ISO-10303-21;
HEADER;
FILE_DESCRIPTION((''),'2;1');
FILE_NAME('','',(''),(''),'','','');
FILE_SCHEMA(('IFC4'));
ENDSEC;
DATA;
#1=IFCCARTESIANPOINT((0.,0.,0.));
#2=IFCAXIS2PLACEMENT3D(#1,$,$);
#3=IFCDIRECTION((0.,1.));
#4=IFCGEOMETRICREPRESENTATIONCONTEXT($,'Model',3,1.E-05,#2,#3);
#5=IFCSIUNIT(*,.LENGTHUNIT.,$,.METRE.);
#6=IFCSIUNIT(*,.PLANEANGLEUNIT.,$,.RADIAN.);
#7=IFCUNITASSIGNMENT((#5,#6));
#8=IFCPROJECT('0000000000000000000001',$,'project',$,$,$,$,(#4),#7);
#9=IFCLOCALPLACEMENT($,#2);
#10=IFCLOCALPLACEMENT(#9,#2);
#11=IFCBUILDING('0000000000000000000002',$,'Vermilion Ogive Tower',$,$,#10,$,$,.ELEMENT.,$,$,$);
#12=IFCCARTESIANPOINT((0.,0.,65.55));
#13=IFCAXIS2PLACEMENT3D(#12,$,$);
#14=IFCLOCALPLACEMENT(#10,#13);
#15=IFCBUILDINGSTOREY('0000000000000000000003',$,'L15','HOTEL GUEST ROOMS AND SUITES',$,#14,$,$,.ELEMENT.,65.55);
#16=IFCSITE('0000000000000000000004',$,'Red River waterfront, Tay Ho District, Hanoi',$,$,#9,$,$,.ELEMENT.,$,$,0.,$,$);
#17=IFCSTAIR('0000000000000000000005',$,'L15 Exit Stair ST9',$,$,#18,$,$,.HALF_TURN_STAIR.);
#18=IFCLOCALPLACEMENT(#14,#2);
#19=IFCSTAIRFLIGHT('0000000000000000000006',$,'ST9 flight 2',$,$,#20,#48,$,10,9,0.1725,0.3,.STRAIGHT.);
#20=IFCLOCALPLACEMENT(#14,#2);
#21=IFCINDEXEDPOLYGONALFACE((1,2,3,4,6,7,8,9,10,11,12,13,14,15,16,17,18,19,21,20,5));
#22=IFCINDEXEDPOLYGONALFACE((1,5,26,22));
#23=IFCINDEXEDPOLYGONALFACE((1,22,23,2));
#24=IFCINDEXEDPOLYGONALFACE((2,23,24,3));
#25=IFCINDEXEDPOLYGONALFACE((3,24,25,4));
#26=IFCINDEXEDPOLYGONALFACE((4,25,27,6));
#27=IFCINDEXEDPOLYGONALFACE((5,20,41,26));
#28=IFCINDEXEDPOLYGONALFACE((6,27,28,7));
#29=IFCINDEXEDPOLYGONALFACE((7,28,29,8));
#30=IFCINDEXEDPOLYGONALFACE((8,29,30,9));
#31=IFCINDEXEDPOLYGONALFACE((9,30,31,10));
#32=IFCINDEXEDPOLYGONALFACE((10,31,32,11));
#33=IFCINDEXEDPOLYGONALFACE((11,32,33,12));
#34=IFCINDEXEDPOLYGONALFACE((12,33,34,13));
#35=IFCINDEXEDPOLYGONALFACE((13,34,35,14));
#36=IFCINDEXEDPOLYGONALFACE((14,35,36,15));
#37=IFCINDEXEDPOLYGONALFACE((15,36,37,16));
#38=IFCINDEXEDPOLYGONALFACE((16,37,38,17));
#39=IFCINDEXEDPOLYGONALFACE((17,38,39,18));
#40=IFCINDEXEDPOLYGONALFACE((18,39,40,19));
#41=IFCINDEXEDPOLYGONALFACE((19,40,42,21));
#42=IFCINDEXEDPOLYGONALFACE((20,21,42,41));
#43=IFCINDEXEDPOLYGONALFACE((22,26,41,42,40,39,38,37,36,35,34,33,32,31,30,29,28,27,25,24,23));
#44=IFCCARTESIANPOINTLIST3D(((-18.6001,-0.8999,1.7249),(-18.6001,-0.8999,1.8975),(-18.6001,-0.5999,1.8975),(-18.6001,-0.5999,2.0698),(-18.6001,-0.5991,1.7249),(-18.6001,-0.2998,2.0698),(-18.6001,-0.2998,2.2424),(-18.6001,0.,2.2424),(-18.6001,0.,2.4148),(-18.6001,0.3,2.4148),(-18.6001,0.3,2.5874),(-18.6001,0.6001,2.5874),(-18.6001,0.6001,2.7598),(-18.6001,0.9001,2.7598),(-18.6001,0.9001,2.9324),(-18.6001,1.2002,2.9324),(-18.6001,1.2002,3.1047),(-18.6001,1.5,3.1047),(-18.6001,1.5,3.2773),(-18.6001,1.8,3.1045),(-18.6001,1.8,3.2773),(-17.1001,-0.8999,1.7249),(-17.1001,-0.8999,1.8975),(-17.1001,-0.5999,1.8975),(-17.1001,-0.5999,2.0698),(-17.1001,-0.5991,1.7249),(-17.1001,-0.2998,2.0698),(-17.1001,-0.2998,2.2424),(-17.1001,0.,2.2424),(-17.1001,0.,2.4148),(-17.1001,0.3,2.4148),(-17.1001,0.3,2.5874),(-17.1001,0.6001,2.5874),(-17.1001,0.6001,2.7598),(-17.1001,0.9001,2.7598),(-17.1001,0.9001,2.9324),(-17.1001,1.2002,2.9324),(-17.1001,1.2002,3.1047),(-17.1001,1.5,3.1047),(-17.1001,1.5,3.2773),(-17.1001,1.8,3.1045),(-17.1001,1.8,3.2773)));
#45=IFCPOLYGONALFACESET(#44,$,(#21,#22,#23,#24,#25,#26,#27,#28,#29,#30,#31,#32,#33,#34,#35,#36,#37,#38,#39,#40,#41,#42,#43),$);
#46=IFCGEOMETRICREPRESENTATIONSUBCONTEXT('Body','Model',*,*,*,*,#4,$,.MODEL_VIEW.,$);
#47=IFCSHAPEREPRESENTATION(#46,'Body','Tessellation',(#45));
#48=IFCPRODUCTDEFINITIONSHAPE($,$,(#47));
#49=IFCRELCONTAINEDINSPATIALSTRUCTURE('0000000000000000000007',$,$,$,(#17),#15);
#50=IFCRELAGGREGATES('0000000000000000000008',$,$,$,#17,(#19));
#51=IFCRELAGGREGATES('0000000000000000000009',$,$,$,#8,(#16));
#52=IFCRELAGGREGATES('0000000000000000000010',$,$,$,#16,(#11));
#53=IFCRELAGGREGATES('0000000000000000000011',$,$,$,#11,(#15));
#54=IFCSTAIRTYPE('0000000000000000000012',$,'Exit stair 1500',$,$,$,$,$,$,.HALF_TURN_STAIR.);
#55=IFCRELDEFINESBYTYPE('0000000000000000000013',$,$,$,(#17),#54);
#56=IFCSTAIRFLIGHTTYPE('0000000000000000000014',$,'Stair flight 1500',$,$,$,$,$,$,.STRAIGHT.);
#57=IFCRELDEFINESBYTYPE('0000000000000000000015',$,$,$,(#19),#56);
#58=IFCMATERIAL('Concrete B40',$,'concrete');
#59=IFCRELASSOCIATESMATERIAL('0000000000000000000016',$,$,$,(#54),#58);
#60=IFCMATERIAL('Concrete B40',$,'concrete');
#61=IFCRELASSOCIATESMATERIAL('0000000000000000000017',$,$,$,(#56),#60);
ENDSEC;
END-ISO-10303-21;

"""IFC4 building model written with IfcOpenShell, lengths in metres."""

from ifc_helpers import new_model, si_unit, direction, frame, origin, place, context, subcontext, project, spatial, polyline, outline, extrude, material, type_object, element, aggregate, save


model = new_model("IFC4")

# Units and contexts
model_context = context("Model", 3, precision=1e-05, world=origin(), true_north=direction((0.0, 1.0)))
body_context = subcontext(model_context, "Body", "Model", "MODEL_VIEW")
ifc_project = project(units=[si_unit("LENGTHUNIT", "METRE"), si_unit("PLANEANGLEUNIT", "RADIAN")], contexts=[model_context])

# Site, building, storey
site_placement = place(None, origin())
site = spatial("IfcSite", under=ifc_project, at=site_placement, Name="Red River waterfront, Tay Ho District, Hanoi", CompositionType="ELEMENT", RefElevation=0.0)
building_placement = place(site_placement, origin())
building = spatial("IfcBuilding", under=site, at=building_placement, Name="Vermilion Ogive Tower", CompositionType="ELEMENT")
storey_placement = place(building_placement, frame((0.0, 0.0, 65.55)))
storey = spatial("IfcBuildingStorey", under=building, at=storey_placement, Name="L15", Description="HOTEL GUEST ROOMS AND SUITES", CompositionType="ELEMENT", Elevation=65.55)

# Stair, stair flight
ifc_material_1 = material(Name="Concrete B40", Category="concrete")
stair_type = type_object("IfcStairType", Name="Exit stair 1500", PredefinedType="HALF_TURN_STAIR", material=ifc_material_1)
stair_placement = place(storey_placement, origin())
stair = element("IfcStair", 1, at=stair_placement, inside=storey, type_object=stair_type, Name="L15 Exit Stair ST9", PredefinedType="HALF_TURN_STAIR")
ifc_material_2 = material(Name="Concrete B40", Category="concrete")
stair_flight_type = type_object("IfcStairFlightType", Name="Stair flight 1500", PredefinedType="STRAIGHT", material=ifc_material_2)
stair_flight_placement = place(storey_placement, frame((-17.8501, -0.8999, 1.7249), z_axis=(0.0, 0.0, 1.0), x_axis=(0.0, 1.0, 0.0)))
stair_flight = element("IfcStairFlight", 2, at=stair_flight_placement, type_object=stair_flight_type, Name="ST9 flight 2", NumberOfRisers=10, NumberOfTreads=9, PredefinedType="STRAIGHT", RiserHeight=0.1725, TreadLength=0.3, context=body_context, shape_type="SweptSolid", body=[
    extrude(outline(polyline([(0.0, 0.0), (0.0, 0.1726), (0.3, 0.1726), (0.3, 0.345), (0.6001, 0.345), (0.6001, 0.5176), (0.8999, 0.5176), (0.8999, 0.6899), (1.2, 0.6899), (1.2, 0.8625), (1.5, 0.8625), (1.5, 1.0349), (1.8, 1.0349), (1.8, 1.2075), (2.1001, 1.2075), (2.1001, 1.3799), (2.3999, 1.3799), (2.3999, 1.5525), (2.7, 1.5525), (2.7, 1.7251), (2.7, 1.3796), (0.3008, 0.0), (0.0, 0.0)])), frame((0.0, 0.75, 0.0), z_axis=(0.0, -1.0, 0.0), x_axis=(1.0, 0.0, 0.0)), (0.0, 0.0, 1.0), 1.5),
])
aggregate(stair, [stair_flight])

save(model, "model.ifc")
